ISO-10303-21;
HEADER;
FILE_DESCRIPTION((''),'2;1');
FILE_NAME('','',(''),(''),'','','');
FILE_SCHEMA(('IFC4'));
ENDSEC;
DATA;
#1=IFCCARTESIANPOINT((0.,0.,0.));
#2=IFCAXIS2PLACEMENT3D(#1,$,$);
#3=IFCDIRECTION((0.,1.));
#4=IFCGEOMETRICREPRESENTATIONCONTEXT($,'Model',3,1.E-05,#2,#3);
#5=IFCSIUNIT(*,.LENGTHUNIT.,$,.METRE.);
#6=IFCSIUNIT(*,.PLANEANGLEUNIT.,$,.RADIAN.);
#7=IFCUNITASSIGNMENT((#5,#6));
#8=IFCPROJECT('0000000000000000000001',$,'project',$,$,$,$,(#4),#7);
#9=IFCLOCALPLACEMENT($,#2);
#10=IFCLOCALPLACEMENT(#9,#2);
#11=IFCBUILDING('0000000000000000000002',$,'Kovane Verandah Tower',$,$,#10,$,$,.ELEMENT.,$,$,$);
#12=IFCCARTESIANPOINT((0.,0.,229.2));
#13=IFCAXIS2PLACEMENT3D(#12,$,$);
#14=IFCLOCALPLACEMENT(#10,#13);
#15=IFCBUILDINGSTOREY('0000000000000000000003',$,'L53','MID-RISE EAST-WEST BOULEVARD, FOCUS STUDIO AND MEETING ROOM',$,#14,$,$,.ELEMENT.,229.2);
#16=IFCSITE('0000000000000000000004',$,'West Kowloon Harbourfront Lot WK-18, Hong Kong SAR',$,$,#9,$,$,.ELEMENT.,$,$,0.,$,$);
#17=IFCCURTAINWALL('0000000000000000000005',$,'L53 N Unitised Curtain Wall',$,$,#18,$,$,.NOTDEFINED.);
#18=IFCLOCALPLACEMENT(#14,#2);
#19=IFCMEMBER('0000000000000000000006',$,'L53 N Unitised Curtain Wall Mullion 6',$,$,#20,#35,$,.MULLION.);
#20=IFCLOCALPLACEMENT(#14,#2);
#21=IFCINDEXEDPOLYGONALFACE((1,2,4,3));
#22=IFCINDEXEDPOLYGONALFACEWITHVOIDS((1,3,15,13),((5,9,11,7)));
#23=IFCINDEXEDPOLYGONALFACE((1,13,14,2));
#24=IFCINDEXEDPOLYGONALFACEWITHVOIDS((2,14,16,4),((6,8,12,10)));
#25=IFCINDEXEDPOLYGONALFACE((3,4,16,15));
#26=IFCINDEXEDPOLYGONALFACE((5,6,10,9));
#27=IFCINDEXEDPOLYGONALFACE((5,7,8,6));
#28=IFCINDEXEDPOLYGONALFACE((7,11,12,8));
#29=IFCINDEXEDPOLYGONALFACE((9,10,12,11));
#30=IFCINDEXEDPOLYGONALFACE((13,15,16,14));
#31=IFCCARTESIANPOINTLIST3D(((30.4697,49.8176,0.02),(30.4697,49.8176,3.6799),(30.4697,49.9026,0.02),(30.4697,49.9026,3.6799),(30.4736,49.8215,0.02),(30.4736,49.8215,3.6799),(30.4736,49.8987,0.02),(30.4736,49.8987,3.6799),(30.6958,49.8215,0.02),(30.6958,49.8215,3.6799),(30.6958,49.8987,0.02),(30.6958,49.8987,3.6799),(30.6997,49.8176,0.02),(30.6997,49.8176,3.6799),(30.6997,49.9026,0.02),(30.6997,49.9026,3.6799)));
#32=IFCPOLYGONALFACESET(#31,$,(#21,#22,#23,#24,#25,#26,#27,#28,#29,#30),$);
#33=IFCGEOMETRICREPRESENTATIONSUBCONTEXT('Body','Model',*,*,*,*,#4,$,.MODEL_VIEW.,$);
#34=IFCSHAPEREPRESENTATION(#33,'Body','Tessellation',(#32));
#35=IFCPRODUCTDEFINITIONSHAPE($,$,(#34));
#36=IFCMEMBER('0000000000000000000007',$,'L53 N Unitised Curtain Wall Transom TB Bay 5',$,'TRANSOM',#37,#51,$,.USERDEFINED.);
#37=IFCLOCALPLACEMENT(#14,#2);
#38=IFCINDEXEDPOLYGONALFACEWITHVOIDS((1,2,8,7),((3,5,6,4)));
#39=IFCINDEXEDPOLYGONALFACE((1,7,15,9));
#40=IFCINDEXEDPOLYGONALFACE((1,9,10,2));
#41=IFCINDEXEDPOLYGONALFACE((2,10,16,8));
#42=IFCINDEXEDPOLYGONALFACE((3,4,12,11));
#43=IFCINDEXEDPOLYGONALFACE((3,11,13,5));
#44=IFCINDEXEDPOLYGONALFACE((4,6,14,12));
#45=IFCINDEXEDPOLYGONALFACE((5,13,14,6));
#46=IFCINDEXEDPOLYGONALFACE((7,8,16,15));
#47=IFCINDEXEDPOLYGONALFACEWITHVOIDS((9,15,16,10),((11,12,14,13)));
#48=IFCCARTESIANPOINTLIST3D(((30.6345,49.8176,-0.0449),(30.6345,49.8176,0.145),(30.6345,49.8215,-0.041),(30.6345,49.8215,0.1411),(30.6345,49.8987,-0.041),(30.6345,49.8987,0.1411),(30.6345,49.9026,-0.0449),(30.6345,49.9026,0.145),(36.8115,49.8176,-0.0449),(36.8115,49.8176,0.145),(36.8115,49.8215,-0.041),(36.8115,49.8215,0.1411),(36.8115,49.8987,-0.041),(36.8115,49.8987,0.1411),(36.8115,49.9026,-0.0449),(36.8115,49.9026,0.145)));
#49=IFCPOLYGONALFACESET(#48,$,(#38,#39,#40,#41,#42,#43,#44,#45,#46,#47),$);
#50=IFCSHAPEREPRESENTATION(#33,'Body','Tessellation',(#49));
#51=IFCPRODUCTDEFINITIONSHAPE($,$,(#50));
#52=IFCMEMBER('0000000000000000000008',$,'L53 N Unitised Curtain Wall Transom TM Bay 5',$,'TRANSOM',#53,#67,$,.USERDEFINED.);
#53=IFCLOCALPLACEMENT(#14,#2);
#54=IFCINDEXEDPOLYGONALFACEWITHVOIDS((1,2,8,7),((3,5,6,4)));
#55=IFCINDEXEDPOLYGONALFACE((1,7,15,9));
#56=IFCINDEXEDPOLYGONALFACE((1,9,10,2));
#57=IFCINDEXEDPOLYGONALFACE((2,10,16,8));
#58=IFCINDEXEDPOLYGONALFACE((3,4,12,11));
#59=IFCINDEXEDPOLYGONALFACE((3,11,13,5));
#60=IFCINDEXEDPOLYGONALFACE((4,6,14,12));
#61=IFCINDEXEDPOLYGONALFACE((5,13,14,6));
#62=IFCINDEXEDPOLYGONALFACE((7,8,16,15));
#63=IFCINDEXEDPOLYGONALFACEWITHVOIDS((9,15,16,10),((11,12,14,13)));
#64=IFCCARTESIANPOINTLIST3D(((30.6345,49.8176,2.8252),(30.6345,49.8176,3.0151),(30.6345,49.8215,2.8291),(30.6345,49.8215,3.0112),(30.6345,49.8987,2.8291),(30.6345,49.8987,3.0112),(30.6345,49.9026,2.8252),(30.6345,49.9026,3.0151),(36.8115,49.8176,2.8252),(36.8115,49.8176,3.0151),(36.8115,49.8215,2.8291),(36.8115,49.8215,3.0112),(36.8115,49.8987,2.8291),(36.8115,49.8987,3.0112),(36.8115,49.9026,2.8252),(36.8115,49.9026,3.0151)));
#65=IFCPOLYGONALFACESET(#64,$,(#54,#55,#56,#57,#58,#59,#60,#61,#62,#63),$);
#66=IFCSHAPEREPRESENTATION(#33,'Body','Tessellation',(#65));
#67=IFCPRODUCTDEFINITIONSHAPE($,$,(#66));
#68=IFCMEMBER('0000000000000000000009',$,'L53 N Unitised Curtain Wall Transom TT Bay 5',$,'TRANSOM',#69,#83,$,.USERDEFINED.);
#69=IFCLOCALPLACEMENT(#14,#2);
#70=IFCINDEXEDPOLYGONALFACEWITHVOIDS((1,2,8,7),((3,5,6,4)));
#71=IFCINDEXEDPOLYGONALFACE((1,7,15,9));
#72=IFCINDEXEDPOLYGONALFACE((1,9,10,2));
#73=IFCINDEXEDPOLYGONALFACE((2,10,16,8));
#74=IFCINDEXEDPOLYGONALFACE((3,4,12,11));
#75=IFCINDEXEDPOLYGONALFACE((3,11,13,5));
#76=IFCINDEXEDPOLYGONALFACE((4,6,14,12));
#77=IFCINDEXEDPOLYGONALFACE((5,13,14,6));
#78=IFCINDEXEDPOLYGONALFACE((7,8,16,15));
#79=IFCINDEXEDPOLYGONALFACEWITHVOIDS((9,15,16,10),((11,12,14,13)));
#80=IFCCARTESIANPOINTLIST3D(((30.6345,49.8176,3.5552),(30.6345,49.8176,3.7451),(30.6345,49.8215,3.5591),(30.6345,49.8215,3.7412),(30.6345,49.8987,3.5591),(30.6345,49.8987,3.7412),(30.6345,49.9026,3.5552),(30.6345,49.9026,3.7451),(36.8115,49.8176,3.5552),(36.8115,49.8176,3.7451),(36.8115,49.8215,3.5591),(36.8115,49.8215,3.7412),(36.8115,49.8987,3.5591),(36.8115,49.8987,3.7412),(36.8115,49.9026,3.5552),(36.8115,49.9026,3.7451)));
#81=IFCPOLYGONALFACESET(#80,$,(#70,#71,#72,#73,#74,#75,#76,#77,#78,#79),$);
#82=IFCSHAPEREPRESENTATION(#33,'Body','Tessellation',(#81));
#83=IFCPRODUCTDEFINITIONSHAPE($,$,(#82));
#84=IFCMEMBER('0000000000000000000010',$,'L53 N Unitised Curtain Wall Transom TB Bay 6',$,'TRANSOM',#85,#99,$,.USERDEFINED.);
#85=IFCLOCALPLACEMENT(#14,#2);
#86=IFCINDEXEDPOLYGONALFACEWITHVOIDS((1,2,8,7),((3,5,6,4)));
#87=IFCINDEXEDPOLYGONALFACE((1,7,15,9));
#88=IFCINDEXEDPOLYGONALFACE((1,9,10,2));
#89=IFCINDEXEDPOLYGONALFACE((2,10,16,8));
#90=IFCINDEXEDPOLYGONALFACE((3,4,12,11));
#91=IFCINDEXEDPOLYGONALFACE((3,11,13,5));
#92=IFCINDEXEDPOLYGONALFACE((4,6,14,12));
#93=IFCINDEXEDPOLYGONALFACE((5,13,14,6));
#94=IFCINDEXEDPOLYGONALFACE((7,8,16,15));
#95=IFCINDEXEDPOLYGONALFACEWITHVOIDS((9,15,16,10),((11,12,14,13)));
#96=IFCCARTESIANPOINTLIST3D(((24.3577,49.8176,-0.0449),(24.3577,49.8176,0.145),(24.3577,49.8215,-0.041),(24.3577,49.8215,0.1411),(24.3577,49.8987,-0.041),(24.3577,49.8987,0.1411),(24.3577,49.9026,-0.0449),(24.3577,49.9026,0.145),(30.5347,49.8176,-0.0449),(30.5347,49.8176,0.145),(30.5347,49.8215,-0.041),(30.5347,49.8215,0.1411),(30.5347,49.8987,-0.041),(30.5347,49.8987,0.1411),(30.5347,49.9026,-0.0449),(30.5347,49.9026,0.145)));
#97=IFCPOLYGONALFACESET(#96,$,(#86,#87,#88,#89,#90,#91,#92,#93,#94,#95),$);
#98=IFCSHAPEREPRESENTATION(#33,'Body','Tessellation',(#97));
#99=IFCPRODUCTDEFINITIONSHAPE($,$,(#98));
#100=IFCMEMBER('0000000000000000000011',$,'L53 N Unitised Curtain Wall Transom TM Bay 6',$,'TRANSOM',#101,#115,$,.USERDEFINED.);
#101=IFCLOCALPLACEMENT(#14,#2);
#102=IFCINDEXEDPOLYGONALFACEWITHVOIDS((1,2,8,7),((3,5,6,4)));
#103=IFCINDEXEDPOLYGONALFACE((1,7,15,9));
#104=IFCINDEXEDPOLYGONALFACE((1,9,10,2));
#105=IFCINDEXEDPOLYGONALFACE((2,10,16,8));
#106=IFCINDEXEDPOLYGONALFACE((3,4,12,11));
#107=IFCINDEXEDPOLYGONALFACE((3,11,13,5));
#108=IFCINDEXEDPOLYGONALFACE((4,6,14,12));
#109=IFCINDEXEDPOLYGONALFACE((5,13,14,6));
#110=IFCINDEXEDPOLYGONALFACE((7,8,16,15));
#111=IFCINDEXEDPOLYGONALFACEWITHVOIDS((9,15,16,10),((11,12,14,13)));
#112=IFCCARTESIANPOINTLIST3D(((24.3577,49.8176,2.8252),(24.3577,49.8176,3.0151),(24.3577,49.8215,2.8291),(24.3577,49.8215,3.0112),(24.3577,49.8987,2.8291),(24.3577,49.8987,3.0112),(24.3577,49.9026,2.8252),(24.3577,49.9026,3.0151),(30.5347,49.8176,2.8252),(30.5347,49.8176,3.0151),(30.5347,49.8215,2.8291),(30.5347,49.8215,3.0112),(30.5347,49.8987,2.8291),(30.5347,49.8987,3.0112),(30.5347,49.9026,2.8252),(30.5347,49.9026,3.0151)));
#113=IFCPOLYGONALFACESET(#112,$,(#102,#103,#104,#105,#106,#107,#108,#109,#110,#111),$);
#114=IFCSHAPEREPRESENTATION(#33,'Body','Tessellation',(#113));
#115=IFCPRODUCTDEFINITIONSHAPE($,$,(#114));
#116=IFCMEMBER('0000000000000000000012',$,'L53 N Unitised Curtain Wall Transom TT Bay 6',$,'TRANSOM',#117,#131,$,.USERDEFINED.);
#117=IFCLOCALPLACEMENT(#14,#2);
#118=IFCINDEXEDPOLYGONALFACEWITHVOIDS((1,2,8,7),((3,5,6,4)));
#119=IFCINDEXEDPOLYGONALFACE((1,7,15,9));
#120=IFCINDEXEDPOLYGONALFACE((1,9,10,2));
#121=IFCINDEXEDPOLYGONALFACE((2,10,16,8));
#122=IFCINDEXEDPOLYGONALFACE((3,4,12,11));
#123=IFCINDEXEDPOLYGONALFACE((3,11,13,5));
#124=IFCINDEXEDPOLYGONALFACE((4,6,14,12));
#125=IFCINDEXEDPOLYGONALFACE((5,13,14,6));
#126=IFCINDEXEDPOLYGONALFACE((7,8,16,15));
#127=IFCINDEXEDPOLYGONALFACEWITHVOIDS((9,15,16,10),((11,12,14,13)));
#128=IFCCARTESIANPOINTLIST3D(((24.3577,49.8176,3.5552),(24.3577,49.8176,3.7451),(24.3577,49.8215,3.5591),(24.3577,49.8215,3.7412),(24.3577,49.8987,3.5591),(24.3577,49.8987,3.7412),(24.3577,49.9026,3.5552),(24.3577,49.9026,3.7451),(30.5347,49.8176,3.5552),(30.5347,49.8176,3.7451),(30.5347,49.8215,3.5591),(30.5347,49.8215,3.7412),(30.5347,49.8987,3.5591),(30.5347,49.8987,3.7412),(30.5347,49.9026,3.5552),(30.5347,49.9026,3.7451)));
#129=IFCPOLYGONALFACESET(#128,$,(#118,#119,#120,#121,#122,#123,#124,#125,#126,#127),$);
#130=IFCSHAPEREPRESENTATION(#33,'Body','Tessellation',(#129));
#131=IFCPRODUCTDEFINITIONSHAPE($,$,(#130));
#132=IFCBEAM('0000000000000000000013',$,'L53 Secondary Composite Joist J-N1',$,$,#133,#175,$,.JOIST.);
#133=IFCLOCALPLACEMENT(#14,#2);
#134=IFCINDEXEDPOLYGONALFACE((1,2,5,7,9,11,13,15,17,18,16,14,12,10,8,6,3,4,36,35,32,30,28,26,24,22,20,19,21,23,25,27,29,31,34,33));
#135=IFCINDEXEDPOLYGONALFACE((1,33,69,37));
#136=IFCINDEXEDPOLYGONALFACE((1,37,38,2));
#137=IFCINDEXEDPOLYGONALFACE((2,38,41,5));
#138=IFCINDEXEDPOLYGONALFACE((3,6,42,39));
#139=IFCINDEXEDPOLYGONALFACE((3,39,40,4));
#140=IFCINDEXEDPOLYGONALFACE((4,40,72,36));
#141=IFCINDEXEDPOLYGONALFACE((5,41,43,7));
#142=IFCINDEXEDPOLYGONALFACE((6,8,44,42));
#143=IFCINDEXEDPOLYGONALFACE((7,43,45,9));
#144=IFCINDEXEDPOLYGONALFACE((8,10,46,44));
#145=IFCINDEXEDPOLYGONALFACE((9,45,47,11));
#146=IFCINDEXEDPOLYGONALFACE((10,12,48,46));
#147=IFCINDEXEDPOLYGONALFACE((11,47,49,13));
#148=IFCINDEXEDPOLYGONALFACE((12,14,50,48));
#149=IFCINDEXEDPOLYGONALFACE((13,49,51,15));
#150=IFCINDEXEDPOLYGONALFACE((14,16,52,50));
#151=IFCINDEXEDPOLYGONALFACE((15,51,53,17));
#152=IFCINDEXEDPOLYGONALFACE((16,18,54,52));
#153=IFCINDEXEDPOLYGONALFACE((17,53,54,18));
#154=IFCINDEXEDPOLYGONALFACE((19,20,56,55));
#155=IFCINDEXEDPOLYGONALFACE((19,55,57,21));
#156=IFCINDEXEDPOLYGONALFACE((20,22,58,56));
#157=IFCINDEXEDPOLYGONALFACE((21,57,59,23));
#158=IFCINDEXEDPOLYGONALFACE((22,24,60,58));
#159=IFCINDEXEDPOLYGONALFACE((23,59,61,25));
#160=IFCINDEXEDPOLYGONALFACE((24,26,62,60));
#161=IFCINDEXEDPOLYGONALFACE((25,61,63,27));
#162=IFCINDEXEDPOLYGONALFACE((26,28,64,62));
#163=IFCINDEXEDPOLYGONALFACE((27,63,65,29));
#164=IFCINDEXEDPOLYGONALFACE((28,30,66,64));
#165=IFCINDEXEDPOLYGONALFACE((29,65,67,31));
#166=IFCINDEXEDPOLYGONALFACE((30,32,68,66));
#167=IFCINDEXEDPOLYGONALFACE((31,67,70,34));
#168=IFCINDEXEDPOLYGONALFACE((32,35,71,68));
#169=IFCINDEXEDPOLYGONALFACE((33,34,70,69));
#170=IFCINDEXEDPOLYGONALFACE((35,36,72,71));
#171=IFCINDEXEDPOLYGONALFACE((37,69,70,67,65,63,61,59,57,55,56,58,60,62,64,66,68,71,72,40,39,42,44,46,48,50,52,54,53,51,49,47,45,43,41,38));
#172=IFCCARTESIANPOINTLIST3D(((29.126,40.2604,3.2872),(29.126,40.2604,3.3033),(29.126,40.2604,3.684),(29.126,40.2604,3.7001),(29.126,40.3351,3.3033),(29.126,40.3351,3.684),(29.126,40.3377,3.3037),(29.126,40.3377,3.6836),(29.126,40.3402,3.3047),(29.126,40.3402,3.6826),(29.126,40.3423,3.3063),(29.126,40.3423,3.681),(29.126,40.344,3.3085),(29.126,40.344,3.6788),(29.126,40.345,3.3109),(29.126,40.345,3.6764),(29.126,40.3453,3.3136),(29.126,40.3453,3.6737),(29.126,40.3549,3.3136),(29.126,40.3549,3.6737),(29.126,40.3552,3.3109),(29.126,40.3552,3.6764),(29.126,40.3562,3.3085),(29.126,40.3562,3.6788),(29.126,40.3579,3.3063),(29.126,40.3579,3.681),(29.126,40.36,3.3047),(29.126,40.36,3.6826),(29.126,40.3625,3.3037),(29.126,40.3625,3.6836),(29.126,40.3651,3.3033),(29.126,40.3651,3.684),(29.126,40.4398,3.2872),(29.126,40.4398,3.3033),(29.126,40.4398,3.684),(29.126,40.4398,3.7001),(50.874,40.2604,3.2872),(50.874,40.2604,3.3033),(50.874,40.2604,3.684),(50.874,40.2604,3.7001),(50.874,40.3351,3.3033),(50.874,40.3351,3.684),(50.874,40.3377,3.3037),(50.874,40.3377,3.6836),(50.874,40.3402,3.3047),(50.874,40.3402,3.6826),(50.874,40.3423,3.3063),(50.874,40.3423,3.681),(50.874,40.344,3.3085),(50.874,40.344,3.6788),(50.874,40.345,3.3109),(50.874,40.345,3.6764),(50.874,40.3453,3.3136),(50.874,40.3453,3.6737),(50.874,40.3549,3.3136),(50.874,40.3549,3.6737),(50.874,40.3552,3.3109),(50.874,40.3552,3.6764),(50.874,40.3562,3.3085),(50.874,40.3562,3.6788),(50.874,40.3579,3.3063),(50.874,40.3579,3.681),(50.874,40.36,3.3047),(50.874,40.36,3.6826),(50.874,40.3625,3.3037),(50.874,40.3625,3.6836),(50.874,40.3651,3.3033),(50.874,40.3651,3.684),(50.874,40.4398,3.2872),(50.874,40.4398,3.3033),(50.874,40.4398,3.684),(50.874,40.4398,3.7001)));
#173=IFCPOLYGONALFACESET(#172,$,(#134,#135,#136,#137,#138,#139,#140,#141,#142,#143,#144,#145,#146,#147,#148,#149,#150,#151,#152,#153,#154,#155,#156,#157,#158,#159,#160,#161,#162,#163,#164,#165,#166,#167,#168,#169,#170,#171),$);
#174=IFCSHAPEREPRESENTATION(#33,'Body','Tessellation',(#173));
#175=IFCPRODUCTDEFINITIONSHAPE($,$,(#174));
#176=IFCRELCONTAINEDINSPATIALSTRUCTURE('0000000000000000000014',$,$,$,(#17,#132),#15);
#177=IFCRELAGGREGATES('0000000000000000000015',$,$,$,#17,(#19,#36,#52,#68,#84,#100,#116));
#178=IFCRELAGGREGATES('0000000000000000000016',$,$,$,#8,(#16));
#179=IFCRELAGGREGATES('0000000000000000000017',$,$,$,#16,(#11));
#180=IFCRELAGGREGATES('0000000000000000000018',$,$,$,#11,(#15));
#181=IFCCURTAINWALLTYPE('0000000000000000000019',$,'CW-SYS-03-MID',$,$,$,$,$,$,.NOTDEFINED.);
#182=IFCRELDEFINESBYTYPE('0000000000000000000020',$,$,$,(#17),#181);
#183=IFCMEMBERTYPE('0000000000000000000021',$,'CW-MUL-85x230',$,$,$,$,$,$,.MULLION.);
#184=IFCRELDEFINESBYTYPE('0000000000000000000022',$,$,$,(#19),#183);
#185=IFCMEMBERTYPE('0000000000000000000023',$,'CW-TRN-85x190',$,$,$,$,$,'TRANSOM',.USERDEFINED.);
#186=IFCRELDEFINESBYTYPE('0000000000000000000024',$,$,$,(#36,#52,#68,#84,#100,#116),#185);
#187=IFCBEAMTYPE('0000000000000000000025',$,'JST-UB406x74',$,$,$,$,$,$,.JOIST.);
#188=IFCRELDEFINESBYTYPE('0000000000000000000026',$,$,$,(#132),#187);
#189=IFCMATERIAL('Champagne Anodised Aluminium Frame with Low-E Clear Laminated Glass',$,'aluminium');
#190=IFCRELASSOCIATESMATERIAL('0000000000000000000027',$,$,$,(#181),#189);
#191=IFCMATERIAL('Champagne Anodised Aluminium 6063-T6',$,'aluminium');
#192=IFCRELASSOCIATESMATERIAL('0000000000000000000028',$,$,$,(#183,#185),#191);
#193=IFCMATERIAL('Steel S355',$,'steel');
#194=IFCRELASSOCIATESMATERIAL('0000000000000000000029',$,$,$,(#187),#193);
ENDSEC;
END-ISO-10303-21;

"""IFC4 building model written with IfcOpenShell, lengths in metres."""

from ifc_helpers import new_model, si_unit, direction, frame, origin, origin_2d, place, context, subcontext, project, spatial, hollow_rectangle, i_section, extrude, material, material_profile, profile_set, type_object, element, aggregate, save


model = new_model("IFC4")

# Units and contexts
model_context = context("Model", 3, precision=1e-05, world=origin(), true_north=direction((0.0, 1.0)))
body_context = subcontext(model_context, "Body", "Model", "MODEL_VIEW")
ifc_project = project(units=[si_unit("LENGTHUNIT", "METRE"), si_unit("PLANEANGLEUNIT", "RADIAN")], contexts=[model_context])

# Site, building, storey
site_placement = place(None, origin())
site = spatial("IfcSite", under=ifc_project, at=site_placement, Name="West Kowloon Harbourfront Lot WK-18, Hong Kong SAR", CompositionType="ELEMENT", RefElevation=0.0)
building_placement = place(site_placement, origin())
building = spatial("IfcBuilding", under=site, at=building_placement, Name="Kovane Verandah Tower", CompositionType="ELEMENT")
storey_placement = place(building_placement, frame((0.0, 0.0, 229.2)))
storey = spatial("IfcBuildingStorey", under=building, at=storey_placement, Name="L53", Description="MID-RISE EAST-WEST BOULEVARD, FOCUS STUDIO AND MEETING ROOM", CompositionType="ELEMENT", Elevation=229.2)

# Shared definitions
ifc_material_1 = material(Name="Steel S355", Category="steel")

# Curtain wall, members
ifc_material_2 = material(Name="Champagne Anodised Aluminium Frame with Low-E Clear Laminated Glass", Category="aluminium")
curtain_wall_type = type_object("IfcCurtainWallType", Name="CW-SYS-03-MID", PredefinedType="NOTDEFINED", material=ifc_material_2)
curtain_wall_placement = place(storey_placement, origin())
curtain_wall = element("IfcCurtainWall", 1, at=curtain_wall_placement, inside=storey, type_object=curtain_wall_type, Name="L53 N Unitised Curtain Wall", PredefinedType="NOTDEFINED")
ifc_material_3 = material(Name="Champagne Anodised Aluminium 6063-T6", Category="aluminium")
ifc_material_profile_1 = material_profile(ifc_material_3, hollow_rectangle(XDim=0.085, YDim=0.23, WallThickness=0.0039, at=origin_2d()), Name="AL85x230x4")
ifc_profile_set_1 = profile_set([ifc_material_profile_1], Name="Champagne Anodised Aluminium 6063-T6")
member_type_1 = type_object("IfcMemberType", Name="CW-MUL-85x230", PredefinedType="MULLION", material=ifc_profile_set_1)
member_1_placement = place(storey_placement, frame((30.5847, 49.8601, 0.02), z_axis=(0.0, 0.0, 1.0), x_axis=(0.0, 1.0, 0.0)))
member_1 = element("IfcMember", 2, at=member_1_placement, type_object=member_type_1, Name="L53 N Unitised Curtain Wall Mullion 6", PredefinedType="MULLION", context=body_context, shape_type="SweptSolid", body=[
    extrude(hollow_rectangle(XDim=0.085, YDim=0.23, WallThickness=0.0039, at=origin_2d()), origin(), (0.0, 0.0, 1.0), 3.6599),
])
ifc_material_profile_2 = material_profile(ifc_material_3, hollow_rectangle(XDim=0.085, YDim=0.1899, WallThickness=0.0039, at=origin_2d()), Name="AL85x190x4")
ifc_profile_set_2 = profile_set([ifc_material_profile_2], Name="Champagne Anodised Aluminium 6063-T6")
member_type_2 = type_object("IfcMemberType", Name="CW-TRN-85x190", ElementType="TRANSOM", PredefinedType="USERDEFINED", material=ifc_profile_set_2)
member_2_placement = place(storey_placement, frame((36.8115, 49.8601, 0.05), z_axis=(-1.0, 0.0, 0.0), x_axis=(0.0, -1.0, 0.0)))
member_2 = element("IfcMember", 3, at=member_2_placement, type_object=member_type_2, Name="L53 N Unitised Curtain Wall Transom TB Bay 5", ObjectType="TRANSOM", PredefinedType="USERDEFINED", context=body_context, shape_type="SweptSolid", body=[
    extrude(hollow_rectangle(XDim=0.085, YDim=0.1899, WallThickness=0.0039, at=origin_2d()), origin(), (0.0, 0.0, 1.0), 6.177),
])
member_3_placement = place(storey_placement, frame((36.8115, 49.8601, 2.9202), z_axis=(-1.0, 0.0, 0.0), x_axis=(0.0, -1.0, 0.0)))
member_3 = element("IfcMember", 4, at=member_3_placement, type_object=member_type_2, Name="L53 N Unitised Curtain Wall Transom TM Bay 5", ObjectType="TRANSOM", PredefinedType="USERDEFINED", context=body_context, shape_type="SweptSolid", body=[
    extrude(hollow_rectangle(XDim=0.085, YDim=0.1899, WallThickness=0.0039, at=origin_2d()), origin(), (0.0, 0.0, 1.0), 6.177),
])
member_4_placement = place(storey_placement, frame((36.8115, 49.8601, 3.6501), z_axis=(-1.0, 0.0, 0.0), x_axis=(0.0, -1.0, 0.0)))
member_4 = element("IfcMember", 5, at=member_4_placement, type_object=member_type_2, Name="L53 N Unitised Curtain Wall Transom TT Bay 5", ObjectType="TRANSOM", PredefinedType="USERDEFINED", context=body_context, shape_type="SweptSolid", body=[
    extrude(hollow_rectangle(XDim=0.085, YDim=0.1899, WallThickness=0.0039, at=origin_2d()), origin(), (0.0, 0.0, 1.0), 6.177),
])
member_5_placement = place(storey_placement, frame((30.5347, 49.8601, 0.05), z_axis=(-1.0, 0.0, 0.0), x_axis=(0.0, -1.0, 0.0)))
member_5 = element("IfcMember", 6, at=member_5_placement, type_object=member_type_2, Name="L53 N Unitised Curtain Wall Transom TB Bay 6", ObjectType="TRANSOM", PredefinedType="USERDEFINED", context=body_context, shape_type="SweptSolid", body=[
    extrude(hollow_rectangle(XDim=0.085, YDim=0.1899, WallThickness=0.0039, at=origin_2d()), origin(), (0.0, 0.0, 1.0), 6.177),
])
member_6_placement = place(storey_placement, frame((30.5347, 49.8601, 2.9202), z_axis=(-1.0, 0.0, 0.0), x_axis=(0.0, -1.0, 0.0)))
member_6 = element("IfcMember", 7, at=member_6_placement, type_object=member_type_2, Name="L53 N Unitised Curtain Wall Transom TM Bay 6", ObjectType="TRANSOM", PredefinedType="USERDEFINED", context=body_context, shape_type="SweptSolid", body=[
    extrude(hollow_rectangle(XDim=0.085, YDim=0.1899, WallThickness=0.0039, at=origin_2d()), origin(), (0.0, 0.0, 1.0), 6.177),
])
member_7_placement = place(storey_placement, frame((30.5347, 49.8601, 3.6501), z_axis=(-1.0, 0.0, 0.0), x_axis=(0.0, -1.0, 0.0)))
member_7 = element("IfcMember", 8, at=member_7_placement, type_object=member_type_2, Name="L53 N Unitised Curtain Wall Transom TT Bay 6", ObjectType="TRANSOM", PredefinedType="USERDEFINED", context=body_context, shape_type="SweptSolid", body=[
    extrude(hollow_rectangle(XDim=0.085, YDim=0.1899, WallThickness=0.0039, at=origin_2d()), origin(), (0.0, 0.0, 1.0), 6.177),
])

# Beam
ifc_material_profile_3 = material_profile(ifc_material_1, i_section(OverallWidth=0.1794, OverallDepth=0.4128, WebThickness=0.0095, FlangeThickness=0.0161, FilletRadius=0.0103, at=origin_2d()), Name="UB406x178x74")
ifc_profile_set_3 = profile_set([ifc_material_profile_3], Name="Steel S355")
beam_type_1 = type_object("IfcBeamType", Name="JST-UB406x74", PredefinedType="JOIST", material=ifc_profile_set_3)
beam_1_placement = place(storey_placement, frame((29.126, 40.3501, 3.4937), z_axis=(1.0, 0.0, 0.0), x_axis=(0.0, 1.0, 0.0)))
element("IfcBeam", 9, at=beam_1_placement, inside=storey, type_object=beam_type_1, Name="L53 Secondary Composite Joist J-N1", PredefinedType="JOIST", context=body_context, shape_type="SweptSolid", body=[
    extrude(i_section(OverallWidth=0.1794, OverallDepth=0.4128, WebThickness=0.0095, FlangeThickness=0.0161, FilletRadius=0.0103, at=origin_2d()), origin(), (0.0, 0.0, 1.0), 21.748),
])

aggregate(curtain_wall, [member_1, member_2, member_3, member_4, member_5, member_6, member_7])

save(model, "model.ifc")
